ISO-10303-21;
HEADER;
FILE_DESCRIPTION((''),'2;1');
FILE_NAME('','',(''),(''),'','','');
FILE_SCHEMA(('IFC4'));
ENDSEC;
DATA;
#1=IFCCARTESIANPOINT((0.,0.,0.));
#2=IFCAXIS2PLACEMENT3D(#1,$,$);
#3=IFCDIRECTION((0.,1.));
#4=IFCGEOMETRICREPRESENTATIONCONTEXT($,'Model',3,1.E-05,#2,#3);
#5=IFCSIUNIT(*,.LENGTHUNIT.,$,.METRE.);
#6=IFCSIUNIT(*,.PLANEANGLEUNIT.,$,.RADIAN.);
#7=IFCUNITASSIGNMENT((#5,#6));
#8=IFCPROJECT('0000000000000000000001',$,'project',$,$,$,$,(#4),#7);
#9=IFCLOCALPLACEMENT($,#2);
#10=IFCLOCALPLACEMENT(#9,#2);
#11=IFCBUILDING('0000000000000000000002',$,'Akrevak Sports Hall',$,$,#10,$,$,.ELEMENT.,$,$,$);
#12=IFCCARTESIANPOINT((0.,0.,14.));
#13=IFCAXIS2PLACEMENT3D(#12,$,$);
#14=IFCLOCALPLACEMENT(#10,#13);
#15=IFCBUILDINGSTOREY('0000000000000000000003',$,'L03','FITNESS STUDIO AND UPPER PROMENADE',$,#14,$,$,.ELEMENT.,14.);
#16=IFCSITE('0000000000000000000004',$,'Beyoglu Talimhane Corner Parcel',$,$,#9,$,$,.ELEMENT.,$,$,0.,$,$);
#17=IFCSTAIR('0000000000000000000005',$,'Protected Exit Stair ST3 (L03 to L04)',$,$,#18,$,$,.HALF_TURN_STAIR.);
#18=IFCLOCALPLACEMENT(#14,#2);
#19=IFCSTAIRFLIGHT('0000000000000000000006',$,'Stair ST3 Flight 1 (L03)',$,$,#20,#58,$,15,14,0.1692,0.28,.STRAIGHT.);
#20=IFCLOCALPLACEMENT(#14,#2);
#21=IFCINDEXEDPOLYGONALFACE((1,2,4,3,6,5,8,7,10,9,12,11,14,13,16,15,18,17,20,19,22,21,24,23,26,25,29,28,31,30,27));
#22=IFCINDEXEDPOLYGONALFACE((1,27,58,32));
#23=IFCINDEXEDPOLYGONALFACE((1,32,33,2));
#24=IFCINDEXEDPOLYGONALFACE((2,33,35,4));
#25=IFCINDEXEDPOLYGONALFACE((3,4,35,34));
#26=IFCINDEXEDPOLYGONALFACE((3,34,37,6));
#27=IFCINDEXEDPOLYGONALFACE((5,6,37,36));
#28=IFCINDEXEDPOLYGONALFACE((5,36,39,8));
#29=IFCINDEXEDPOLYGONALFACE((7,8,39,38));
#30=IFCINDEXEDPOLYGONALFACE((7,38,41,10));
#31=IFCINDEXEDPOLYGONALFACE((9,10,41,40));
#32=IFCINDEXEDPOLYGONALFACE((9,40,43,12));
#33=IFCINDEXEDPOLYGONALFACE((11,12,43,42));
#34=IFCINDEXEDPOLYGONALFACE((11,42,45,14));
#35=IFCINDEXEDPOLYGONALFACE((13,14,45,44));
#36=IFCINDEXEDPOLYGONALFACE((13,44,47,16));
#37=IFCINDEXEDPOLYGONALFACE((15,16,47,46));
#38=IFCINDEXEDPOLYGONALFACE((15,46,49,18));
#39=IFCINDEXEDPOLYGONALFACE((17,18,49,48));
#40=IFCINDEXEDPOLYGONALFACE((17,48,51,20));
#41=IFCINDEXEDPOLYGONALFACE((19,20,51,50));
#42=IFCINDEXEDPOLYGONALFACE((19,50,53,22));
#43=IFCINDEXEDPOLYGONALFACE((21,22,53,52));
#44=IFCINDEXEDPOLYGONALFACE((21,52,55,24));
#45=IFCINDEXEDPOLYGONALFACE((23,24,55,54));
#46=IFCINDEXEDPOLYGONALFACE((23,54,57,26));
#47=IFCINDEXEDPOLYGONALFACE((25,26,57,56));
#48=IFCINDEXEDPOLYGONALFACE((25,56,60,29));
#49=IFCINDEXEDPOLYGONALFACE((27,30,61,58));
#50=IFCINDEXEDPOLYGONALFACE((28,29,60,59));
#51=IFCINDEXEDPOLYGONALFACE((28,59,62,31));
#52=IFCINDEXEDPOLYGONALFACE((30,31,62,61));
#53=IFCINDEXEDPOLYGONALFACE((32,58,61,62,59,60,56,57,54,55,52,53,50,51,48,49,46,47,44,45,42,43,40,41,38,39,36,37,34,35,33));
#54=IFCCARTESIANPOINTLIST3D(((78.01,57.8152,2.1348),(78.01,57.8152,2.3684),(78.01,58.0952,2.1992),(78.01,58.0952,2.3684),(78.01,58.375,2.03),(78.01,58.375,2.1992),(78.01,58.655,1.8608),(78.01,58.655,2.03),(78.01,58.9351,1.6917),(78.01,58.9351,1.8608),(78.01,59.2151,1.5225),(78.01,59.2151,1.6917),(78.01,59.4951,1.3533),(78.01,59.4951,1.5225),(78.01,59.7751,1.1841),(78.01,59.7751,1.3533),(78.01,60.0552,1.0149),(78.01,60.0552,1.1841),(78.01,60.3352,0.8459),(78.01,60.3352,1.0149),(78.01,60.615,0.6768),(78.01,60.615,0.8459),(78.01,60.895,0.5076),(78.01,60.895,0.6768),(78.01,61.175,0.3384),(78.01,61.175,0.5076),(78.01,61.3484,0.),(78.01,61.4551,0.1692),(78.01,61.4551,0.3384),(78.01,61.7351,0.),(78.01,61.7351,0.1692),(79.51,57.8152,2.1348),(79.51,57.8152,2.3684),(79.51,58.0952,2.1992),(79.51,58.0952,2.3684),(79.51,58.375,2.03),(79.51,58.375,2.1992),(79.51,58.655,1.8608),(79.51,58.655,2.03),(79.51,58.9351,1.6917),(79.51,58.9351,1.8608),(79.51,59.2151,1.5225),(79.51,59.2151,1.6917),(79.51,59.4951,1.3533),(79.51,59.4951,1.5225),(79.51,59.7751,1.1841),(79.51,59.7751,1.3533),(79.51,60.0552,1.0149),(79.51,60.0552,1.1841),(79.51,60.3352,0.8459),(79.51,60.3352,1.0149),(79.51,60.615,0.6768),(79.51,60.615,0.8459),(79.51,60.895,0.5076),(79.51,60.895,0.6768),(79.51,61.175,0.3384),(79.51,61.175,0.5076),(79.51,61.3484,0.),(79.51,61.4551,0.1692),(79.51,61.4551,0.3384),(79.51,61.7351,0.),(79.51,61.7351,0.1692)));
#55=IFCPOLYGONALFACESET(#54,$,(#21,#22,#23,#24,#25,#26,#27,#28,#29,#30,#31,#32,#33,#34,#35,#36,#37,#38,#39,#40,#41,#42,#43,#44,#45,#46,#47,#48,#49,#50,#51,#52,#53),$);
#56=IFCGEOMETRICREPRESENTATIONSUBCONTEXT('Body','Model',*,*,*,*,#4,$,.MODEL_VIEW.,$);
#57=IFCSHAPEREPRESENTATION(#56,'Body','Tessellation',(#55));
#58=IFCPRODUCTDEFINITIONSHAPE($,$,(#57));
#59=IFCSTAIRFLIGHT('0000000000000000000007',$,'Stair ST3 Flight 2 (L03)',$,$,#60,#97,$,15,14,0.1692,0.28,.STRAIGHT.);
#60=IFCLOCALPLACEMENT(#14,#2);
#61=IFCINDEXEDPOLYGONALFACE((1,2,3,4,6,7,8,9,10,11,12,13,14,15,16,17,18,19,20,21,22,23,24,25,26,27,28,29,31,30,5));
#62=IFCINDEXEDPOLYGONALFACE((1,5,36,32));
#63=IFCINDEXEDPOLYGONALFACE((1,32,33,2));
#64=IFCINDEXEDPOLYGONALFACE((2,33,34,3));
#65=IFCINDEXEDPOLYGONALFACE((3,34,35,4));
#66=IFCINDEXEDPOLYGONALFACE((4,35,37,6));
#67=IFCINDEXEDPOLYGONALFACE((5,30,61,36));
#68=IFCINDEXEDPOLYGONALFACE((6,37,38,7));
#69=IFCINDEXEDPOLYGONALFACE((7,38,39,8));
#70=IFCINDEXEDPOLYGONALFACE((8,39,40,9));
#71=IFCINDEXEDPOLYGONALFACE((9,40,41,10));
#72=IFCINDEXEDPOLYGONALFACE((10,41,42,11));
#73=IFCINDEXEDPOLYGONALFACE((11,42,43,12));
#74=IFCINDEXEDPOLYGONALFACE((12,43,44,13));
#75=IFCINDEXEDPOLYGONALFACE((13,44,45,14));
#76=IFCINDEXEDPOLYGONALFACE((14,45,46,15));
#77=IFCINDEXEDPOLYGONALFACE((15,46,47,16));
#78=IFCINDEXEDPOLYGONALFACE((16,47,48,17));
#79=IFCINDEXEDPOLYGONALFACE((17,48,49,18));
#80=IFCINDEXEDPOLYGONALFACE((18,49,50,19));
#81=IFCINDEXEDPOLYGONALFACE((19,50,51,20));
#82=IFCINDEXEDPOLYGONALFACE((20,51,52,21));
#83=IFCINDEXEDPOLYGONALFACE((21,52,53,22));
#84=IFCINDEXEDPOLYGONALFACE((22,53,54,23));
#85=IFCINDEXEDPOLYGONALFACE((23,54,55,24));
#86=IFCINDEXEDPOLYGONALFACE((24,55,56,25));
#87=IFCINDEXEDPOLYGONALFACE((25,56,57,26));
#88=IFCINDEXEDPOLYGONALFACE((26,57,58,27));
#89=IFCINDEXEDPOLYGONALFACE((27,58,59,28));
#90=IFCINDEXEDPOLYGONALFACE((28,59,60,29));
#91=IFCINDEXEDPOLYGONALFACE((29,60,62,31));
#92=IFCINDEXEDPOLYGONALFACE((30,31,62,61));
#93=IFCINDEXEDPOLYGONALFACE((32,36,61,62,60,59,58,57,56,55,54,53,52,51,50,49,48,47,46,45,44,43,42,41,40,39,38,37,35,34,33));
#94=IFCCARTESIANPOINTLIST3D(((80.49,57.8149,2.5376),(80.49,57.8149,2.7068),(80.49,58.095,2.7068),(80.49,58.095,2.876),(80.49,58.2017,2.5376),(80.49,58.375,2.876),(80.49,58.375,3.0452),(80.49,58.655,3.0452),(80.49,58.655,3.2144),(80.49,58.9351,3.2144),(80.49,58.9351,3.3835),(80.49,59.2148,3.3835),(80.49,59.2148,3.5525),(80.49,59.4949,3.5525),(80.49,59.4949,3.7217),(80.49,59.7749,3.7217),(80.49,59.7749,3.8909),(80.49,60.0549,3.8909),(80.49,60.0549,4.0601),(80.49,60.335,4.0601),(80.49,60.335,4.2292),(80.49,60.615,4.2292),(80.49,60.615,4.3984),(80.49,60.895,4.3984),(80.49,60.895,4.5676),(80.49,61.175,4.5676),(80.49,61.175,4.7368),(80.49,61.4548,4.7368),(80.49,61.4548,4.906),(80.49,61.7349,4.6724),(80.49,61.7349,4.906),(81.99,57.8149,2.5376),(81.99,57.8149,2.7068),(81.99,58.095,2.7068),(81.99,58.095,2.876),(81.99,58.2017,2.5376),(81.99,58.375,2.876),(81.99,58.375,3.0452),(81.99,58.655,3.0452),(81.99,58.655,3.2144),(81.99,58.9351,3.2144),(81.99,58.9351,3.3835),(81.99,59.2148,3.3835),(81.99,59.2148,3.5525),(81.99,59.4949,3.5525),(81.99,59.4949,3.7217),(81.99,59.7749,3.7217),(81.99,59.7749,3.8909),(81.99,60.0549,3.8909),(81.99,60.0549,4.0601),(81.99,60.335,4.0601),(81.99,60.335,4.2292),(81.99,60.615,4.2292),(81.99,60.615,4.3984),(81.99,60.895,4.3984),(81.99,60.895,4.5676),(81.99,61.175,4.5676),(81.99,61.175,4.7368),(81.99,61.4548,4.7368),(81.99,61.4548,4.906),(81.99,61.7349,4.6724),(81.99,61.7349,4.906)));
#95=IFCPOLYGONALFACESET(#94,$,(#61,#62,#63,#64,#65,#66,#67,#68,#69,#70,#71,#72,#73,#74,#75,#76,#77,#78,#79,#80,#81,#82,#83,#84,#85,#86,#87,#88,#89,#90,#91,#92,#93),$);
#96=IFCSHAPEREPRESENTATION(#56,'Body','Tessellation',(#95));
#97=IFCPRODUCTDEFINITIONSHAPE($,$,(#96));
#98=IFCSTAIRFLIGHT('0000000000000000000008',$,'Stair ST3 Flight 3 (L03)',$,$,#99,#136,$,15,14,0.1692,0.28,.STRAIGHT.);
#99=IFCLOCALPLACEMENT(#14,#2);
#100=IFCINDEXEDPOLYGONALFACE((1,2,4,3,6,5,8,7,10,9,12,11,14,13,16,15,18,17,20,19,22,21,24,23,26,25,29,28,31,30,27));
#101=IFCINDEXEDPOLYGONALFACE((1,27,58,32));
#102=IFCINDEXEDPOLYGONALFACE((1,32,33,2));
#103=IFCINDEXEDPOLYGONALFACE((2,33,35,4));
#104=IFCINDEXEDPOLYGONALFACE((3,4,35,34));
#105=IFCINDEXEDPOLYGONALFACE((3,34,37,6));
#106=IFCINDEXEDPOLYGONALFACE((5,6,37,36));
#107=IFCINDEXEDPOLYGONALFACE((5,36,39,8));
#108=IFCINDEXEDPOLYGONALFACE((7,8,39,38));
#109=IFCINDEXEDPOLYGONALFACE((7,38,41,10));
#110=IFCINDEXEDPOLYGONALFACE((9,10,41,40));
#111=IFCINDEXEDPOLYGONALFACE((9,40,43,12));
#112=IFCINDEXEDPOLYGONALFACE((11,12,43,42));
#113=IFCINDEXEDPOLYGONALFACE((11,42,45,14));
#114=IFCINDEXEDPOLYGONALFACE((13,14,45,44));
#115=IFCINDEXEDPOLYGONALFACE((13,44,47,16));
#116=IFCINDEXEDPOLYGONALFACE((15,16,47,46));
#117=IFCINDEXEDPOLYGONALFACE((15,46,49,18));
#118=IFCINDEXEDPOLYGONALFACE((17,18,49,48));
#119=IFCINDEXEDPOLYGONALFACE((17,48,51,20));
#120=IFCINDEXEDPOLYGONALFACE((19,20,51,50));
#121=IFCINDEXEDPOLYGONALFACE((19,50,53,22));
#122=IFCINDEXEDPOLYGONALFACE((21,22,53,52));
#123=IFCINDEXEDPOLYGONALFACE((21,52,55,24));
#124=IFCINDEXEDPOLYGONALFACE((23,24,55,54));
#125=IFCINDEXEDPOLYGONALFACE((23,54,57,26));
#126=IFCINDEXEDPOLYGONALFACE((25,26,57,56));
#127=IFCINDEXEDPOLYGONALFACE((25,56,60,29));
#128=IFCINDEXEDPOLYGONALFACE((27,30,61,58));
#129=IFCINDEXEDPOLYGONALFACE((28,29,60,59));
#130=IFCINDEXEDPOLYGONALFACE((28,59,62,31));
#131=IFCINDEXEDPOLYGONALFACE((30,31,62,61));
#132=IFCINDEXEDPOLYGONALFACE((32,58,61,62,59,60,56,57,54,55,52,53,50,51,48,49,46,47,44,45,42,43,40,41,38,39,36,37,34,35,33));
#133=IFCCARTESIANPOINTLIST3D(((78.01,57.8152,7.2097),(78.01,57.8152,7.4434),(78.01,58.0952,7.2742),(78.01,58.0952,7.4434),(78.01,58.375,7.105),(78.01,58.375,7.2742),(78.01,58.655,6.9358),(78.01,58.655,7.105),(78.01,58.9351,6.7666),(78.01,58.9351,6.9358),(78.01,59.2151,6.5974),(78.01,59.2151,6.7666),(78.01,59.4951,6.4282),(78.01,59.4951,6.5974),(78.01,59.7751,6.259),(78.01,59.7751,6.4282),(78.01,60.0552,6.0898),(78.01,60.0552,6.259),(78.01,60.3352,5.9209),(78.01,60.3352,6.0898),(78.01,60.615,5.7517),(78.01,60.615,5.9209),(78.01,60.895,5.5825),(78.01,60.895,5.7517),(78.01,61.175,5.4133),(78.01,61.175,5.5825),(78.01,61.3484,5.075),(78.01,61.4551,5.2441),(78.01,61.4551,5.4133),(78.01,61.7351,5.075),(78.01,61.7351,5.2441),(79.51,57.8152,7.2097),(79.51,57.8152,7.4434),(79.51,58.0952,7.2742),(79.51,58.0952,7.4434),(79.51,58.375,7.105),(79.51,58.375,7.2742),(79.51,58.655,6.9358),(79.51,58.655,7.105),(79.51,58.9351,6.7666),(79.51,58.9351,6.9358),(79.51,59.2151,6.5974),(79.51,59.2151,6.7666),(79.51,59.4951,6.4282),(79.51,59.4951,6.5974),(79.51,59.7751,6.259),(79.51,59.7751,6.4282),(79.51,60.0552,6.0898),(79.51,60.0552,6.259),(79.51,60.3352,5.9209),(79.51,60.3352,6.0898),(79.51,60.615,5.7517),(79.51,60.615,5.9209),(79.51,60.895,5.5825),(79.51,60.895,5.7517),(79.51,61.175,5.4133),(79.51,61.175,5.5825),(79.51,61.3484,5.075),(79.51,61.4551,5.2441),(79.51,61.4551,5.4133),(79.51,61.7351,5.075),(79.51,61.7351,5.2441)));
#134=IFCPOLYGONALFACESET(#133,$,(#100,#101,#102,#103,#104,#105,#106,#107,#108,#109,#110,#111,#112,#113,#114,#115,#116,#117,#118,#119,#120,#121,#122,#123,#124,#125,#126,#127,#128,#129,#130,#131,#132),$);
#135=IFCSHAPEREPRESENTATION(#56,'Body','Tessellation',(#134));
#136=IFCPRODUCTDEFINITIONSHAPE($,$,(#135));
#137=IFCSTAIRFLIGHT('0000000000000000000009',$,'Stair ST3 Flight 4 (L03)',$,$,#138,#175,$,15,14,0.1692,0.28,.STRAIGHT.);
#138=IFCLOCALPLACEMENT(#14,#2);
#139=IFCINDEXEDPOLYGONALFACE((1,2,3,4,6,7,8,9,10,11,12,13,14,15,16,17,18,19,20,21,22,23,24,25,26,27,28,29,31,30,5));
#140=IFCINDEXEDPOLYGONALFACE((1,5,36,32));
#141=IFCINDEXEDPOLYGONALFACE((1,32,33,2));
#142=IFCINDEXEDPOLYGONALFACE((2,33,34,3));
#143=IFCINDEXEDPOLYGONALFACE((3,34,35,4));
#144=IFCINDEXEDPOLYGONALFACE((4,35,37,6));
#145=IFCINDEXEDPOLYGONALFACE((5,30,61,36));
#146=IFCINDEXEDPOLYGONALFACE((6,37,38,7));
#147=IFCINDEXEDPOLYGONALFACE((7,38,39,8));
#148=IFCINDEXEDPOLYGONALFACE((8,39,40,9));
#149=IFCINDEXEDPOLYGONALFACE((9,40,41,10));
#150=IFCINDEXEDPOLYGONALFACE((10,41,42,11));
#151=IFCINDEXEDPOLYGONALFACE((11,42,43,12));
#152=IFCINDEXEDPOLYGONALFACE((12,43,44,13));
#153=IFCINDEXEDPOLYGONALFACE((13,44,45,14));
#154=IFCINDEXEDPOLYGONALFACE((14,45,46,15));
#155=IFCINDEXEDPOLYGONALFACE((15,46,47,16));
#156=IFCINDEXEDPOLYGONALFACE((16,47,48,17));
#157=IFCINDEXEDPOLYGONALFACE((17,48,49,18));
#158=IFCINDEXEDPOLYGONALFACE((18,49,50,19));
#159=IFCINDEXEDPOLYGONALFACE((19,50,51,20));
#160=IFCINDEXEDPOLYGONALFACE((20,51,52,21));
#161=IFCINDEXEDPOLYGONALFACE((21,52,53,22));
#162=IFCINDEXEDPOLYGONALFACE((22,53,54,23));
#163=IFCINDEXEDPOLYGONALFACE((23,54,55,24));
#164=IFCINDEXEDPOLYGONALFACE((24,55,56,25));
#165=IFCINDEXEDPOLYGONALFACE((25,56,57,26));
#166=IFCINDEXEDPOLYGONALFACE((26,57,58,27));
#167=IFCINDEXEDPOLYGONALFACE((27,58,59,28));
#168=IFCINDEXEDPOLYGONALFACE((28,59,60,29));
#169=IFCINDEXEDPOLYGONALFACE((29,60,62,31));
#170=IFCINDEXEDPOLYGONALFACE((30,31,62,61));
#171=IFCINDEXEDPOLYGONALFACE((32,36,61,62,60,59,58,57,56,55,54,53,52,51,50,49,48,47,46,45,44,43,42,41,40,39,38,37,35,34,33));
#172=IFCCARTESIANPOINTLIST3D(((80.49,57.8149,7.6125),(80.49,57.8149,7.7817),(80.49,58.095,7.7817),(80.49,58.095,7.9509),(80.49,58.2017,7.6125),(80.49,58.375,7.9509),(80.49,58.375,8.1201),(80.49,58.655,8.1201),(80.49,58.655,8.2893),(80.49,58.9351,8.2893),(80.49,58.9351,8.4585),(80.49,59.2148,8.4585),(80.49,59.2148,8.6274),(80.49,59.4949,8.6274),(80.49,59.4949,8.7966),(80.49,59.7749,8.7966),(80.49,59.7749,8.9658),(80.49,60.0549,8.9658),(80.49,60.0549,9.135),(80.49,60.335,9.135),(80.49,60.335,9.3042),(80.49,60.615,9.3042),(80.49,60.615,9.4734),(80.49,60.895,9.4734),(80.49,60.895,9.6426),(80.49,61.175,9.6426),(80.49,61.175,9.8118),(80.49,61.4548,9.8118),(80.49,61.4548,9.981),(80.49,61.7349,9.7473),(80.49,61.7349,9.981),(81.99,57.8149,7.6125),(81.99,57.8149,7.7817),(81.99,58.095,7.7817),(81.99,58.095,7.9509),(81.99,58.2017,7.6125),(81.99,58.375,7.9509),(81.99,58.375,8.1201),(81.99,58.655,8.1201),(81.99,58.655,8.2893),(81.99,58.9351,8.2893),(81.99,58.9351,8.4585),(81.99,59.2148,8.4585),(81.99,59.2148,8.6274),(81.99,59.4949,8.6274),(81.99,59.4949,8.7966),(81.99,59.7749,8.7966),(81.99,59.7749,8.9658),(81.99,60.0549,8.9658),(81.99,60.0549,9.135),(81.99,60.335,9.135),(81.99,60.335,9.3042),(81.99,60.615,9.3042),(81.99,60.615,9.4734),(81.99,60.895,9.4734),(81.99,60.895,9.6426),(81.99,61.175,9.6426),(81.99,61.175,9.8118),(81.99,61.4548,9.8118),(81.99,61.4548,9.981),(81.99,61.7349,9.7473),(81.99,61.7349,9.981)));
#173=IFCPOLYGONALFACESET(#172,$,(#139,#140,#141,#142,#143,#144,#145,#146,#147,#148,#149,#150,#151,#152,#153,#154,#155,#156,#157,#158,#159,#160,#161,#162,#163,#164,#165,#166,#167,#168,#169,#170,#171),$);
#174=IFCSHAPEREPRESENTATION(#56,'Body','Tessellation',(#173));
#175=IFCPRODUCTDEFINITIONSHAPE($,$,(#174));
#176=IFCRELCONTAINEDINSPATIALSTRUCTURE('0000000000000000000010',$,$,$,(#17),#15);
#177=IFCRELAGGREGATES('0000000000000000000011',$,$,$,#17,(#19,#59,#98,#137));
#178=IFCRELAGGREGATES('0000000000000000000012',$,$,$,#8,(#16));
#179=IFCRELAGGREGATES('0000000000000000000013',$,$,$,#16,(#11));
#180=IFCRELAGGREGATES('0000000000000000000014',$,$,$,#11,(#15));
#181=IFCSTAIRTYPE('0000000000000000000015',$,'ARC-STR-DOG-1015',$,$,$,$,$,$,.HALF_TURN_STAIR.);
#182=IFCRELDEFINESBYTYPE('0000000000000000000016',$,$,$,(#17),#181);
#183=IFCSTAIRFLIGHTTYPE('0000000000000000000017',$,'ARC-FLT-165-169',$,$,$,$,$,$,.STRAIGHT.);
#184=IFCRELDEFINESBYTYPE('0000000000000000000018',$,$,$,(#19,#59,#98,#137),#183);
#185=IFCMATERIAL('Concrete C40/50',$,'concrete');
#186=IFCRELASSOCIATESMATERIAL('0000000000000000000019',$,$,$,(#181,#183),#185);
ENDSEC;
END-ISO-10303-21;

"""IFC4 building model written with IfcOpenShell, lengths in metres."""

from ifc_helpers import new_model, si_unit, direction, frame, origin, place, context, subcontext, project, spatial, polyline, outline, extrude, material, type_object, element, aggregate, save


model = new_model("IFC4")

# Units and contexts
model_context = context("Model", 3, precision=1e-05, world=origin(), true_north=direction((0.0, 1.0)))
body_context = subcontext(model_context, "Body", "Model", "MODEL_VIEW")
ifc_project = project(units=[si_unit("LENGTHUNIT", "METRE"), si_unit("PLANEANGLEUNIT", "RADIAN")], contexts=[model_context])

# Site, building, storey
site_placement = place(None, origin())
site = spatial("IfcSite", under=ifc_project, at=site_placement, Name="Beyoglu Talimhane Corner Parcel", CompositionType="ELEMENT", RefElevation=0.0)
building_placement = place(site_placement, origin())
building = spatial("IfcBuilding", under=site, at=building_placement, Name="Akrevak Sports Hall", CompositionType="ELEMENT")
storey_placement = place(building_placement, frame((0.0, 0.0, 14.0)))
storey = spatial("IfcBuildingStorey", under=building, at=storey_placement, Name="L03", Description="FITNESS STUDIO AND UPPER PROMENADE", CompositionType="ELEMENT", Elevation=14.0)

# Shared definitions
ifc_material_1 = material(Name="Concrete C40/50", Category="concrete")

# Stair, stair flights
stair_type = type_object("IfcStairType", Name="ARC-STR-DOG-1015", PredefinedType="HALF_TURN_STAIR", material=ifc_material_1)
stair_flight_type = type_object("IfcStairFlightType", Name="ARC-FLT-165-169", PredefinedType="STRAIGHT", material=ifc_material_1)
stair_1_placement = place(storey_placement, origin())
stair_1 = element("IfcStair", 1, at=stair_1_placement, inside=storey, type_object=stair_type, Name="Protected Exit Stair ST3 (L03 to L04)", PredefinedType="HALF_TURN_STAIR")
stair_flight_1_placement = place(storey_placement, frame((78.76, 61.7351, 0.0), z_axis=(0.0, 0.0, 1.0), x_axis=(0.0, -1.0, 0.0)))
stair_flight_1 = element("IfcStairFlight", 2, at=stair_flight_1_placement, type_object=stair_flight_type, Name="Stair ST3 Flight 1 (L03)", NumberOfRisers=15, NumberOfTreads=14, PredefinedType="STRAIGHT", RiserHeight=0.1692, TreadLength=0.28, context=body_context, shape_type="SweptSolid", body=[
    extrude(outline(polyline([(0.0, 0.0), (0.0, 0.1692), (0.28, 0.1692), (0.28, 0.3384), (0.5601, 0.3384), (0.5601, 0.5076), (0.8401, 0.5076), (0.8401, 0.6768), (1.1201, 0.6768), (1.1201, 0.8459), (1.3999, 0.8459), (1.3999, 1.0149), (1.6799, 1.0149), (1.6799, 1.1841), (1.96, 1.1841), (1.96, 1.3533), (2.24, 1.3533), (2.24, 1.5225), (2.52, 1.5225), (2.52, 1.6917), (2.8, 1.6917), (2.8, 1.8608), (3.0801, 1.8608), (3.0801, 2.03), (3.3601, 2.03), (3.3601, 2.1992), (3.6399, 2.1992), (3.6399, 2.3684), (3.9199, 2.3684), (3.9199, 2.5376), (3.9199, 2.1348), (0.3867, 0.0), (0.0, 0.0)])), frame((0.0, 0.75, 0.0), z_axis=(0.0, -1.0, 0.0), x_axis=(1.0, 0.0, 0.0)), (0.0, 0.0, 1.0), 1.5),
])
stair_flight_2_placement = place(storey_placement, frame((81.24, 57.8149, 2.5376), z_axis=(0.0, 0.0, 1.0), x_axis=(0.0, 1.0, 0.0)))
stair_flight_2 = element("IfcStairFlight", 3, at=stair_flight_2_placement, type_object=stair_flight_type, Name="Stair ST3 Flight 2 (L03)", NumberOfRisers=15, NumberOfTreads=14, PredefinedType="STRAIGHT", RiserHeight=0.1692, TreadLength=0.28, context=body_context, shape_type="SweptSolid", body=[
    extrude(outline(polyline([(0.0, 0.0), (0.0, 0.1692), (0.28, 0.1692), (0.28, 0.3384), (0.5601, 0.3384), (0.5601, 0.5076), (0.8401, 0.5076), (0.8401, 0.6768), (1.1201, 0.6768), (1.1201, 0.8459), (1.3999, 0.8459), (1.3999, 1.0149), (1.6799, 1.0149), (1.6799, 1.1841), (1.96, 1.1841), (1.96, 1.3533), (2.24, 1.3533), (2.24, 1.5225), (2.52, 1.5225), (2.52, 1.6917), (2.8, 1.6917), (2.8, 1.8608), (3.0801, 1.8608), (3.0801, 2.03), (3.3601, 2.03), (3.3601, 2.1992), (3.6399, 2.1992), (3.6399, 2.3684), (3.9199, 2.3684), (3.9199, 2.5376), (3.9199, 2.1348), (0.3867, 0.0), (0.0, 0.0)])), frame((0.0, 0.75, 0.0), z_axis=(0.0, -1.0, 0.0), x_axis=(1.0, 0.0, 0.0)), (0.0, 0.0, 1.0), 1.5),
])
stair_flight_3_placement = place(storey_placement, frame((78.76, 61.7351, 5.075), z_axis=(0.0, 0.0, 1.0), x_axis=(0.0, -1.0, 0.0)))
stair_flight_3 = element("IfcStairFlight", 4, at=stair_flight_3_placement, type_object=stair_flight_type, Name="Stair ST3 Flight 3 (L03)", NumberOfRisers=15, NumberOfTreads=14, PredefinedType="STRAIGHT", RiserHeight=0.1692, TreadLength=0.28, context=body_context, shape_type="SweptSolid", body=[
    extrude(outline(polyline([(0.0, 0.0), (0.0, 0.1692), (0.28, 0.1692), (0.28, 0.3384), (0.5601, 0.3384), (0.5601, 0.5076), (0.8401, 0.5076), (0.8401, 0.6768), (1.1201, 0.6768), (1.1201, 0.8459), (1.3999, 0.8459), (1.3999, 1.0149), (1.6799, 1.0149), (1.6799, 1.1841), (1.96, 1.1841), (1.96, 1.3533), (2.24, 1.3533), (2.24, 1.5225), (2.52, 1.5225), (2.52, 1.6917), (2.8, 1.6917), (2.8, 1.8608), (3.0801, 1.8608), (3.0801, 2.03), (3.3601, 2.03), (3.3601, 2.1992), (3.6399, 2.1992), (3.6399, 2.3684), (3.9199, 2.3684), (3.9199, 2.5376), (3.9199, 2.1348), (0.3867, 0.0), (0.0, 0.0)])), frame((0.0, 0.75, 0.0), z_axis=(0.0, -1.0, 0.0), x_axis=(1.0, 0.0, 0.0)), (0.0, 0.0, 1.0), 1.5),
])
stair_flight_4_placement = place(storey_placement, frame((81.24, 57.8149, 7.6125), z_axis=(0.0, 0.0, 1.0), x_axis=(0.0, 1.0, 0.0)))
stair_flight_4 = element("IfcStairFlight", 5, at=stair_flight_4_placement, type_object=stair_flight_type, Name="Stair ST3 Flight 4 (L03)", NumberOfRisers=15, NumberOfTreads=14, PredefinedType="STRAIGHT", RiserHeight=0.1692, TreadLength=0.28, context=body_context, shape_type="SweptSolid", body=[
    extrude(outline(polyline([(0.0, 0.0), (0.0, 0.1692), (0.28, 0.1692), (0.28, 0.3384), (0.5601, 0.3384), (0.5601, 0.5076), (0.8401, 0.5076), (0.8401, 0.6768), (1.1201, 0.6768), (1.1201, 0.8459), (1.3999, 0.8459), (1.3999, 1.0149), (1.6799, 1.0149), (1.6799, 1.1841), (1.96, 1.1841), (1.96, 1.3533), (2.24, 1.3533), (2.24, 1.5225), (2.52, 1.5225), (2.52, 1.6917), (2.8, 1.6917), (2.8, 1.8608), (3.0801, 1.8608), (3.0801, 2.03), (3.3601, 2.03), (3.3601, 2.1992), (3.6399, 2.1992), (3.6399, 2.3684), (3.9199, 2.3684), (3.9199, 2.5376), (3.9199, 2.1348), (0.3867, 0.0), (0.0, 0.0)])), frame((0.0, 0.75, 0.0), z_axis=(0.0, -1.0, 0.0), x_axis=(1.0, 0.0, 0.0)), (0.0, 0.0, 1.0), 1.5),
])
aggregate(stair_1, [stair_flight_1, stair_flight_2, stair_flight_3, stair_flight_4])

save(model, "model.ifc")
